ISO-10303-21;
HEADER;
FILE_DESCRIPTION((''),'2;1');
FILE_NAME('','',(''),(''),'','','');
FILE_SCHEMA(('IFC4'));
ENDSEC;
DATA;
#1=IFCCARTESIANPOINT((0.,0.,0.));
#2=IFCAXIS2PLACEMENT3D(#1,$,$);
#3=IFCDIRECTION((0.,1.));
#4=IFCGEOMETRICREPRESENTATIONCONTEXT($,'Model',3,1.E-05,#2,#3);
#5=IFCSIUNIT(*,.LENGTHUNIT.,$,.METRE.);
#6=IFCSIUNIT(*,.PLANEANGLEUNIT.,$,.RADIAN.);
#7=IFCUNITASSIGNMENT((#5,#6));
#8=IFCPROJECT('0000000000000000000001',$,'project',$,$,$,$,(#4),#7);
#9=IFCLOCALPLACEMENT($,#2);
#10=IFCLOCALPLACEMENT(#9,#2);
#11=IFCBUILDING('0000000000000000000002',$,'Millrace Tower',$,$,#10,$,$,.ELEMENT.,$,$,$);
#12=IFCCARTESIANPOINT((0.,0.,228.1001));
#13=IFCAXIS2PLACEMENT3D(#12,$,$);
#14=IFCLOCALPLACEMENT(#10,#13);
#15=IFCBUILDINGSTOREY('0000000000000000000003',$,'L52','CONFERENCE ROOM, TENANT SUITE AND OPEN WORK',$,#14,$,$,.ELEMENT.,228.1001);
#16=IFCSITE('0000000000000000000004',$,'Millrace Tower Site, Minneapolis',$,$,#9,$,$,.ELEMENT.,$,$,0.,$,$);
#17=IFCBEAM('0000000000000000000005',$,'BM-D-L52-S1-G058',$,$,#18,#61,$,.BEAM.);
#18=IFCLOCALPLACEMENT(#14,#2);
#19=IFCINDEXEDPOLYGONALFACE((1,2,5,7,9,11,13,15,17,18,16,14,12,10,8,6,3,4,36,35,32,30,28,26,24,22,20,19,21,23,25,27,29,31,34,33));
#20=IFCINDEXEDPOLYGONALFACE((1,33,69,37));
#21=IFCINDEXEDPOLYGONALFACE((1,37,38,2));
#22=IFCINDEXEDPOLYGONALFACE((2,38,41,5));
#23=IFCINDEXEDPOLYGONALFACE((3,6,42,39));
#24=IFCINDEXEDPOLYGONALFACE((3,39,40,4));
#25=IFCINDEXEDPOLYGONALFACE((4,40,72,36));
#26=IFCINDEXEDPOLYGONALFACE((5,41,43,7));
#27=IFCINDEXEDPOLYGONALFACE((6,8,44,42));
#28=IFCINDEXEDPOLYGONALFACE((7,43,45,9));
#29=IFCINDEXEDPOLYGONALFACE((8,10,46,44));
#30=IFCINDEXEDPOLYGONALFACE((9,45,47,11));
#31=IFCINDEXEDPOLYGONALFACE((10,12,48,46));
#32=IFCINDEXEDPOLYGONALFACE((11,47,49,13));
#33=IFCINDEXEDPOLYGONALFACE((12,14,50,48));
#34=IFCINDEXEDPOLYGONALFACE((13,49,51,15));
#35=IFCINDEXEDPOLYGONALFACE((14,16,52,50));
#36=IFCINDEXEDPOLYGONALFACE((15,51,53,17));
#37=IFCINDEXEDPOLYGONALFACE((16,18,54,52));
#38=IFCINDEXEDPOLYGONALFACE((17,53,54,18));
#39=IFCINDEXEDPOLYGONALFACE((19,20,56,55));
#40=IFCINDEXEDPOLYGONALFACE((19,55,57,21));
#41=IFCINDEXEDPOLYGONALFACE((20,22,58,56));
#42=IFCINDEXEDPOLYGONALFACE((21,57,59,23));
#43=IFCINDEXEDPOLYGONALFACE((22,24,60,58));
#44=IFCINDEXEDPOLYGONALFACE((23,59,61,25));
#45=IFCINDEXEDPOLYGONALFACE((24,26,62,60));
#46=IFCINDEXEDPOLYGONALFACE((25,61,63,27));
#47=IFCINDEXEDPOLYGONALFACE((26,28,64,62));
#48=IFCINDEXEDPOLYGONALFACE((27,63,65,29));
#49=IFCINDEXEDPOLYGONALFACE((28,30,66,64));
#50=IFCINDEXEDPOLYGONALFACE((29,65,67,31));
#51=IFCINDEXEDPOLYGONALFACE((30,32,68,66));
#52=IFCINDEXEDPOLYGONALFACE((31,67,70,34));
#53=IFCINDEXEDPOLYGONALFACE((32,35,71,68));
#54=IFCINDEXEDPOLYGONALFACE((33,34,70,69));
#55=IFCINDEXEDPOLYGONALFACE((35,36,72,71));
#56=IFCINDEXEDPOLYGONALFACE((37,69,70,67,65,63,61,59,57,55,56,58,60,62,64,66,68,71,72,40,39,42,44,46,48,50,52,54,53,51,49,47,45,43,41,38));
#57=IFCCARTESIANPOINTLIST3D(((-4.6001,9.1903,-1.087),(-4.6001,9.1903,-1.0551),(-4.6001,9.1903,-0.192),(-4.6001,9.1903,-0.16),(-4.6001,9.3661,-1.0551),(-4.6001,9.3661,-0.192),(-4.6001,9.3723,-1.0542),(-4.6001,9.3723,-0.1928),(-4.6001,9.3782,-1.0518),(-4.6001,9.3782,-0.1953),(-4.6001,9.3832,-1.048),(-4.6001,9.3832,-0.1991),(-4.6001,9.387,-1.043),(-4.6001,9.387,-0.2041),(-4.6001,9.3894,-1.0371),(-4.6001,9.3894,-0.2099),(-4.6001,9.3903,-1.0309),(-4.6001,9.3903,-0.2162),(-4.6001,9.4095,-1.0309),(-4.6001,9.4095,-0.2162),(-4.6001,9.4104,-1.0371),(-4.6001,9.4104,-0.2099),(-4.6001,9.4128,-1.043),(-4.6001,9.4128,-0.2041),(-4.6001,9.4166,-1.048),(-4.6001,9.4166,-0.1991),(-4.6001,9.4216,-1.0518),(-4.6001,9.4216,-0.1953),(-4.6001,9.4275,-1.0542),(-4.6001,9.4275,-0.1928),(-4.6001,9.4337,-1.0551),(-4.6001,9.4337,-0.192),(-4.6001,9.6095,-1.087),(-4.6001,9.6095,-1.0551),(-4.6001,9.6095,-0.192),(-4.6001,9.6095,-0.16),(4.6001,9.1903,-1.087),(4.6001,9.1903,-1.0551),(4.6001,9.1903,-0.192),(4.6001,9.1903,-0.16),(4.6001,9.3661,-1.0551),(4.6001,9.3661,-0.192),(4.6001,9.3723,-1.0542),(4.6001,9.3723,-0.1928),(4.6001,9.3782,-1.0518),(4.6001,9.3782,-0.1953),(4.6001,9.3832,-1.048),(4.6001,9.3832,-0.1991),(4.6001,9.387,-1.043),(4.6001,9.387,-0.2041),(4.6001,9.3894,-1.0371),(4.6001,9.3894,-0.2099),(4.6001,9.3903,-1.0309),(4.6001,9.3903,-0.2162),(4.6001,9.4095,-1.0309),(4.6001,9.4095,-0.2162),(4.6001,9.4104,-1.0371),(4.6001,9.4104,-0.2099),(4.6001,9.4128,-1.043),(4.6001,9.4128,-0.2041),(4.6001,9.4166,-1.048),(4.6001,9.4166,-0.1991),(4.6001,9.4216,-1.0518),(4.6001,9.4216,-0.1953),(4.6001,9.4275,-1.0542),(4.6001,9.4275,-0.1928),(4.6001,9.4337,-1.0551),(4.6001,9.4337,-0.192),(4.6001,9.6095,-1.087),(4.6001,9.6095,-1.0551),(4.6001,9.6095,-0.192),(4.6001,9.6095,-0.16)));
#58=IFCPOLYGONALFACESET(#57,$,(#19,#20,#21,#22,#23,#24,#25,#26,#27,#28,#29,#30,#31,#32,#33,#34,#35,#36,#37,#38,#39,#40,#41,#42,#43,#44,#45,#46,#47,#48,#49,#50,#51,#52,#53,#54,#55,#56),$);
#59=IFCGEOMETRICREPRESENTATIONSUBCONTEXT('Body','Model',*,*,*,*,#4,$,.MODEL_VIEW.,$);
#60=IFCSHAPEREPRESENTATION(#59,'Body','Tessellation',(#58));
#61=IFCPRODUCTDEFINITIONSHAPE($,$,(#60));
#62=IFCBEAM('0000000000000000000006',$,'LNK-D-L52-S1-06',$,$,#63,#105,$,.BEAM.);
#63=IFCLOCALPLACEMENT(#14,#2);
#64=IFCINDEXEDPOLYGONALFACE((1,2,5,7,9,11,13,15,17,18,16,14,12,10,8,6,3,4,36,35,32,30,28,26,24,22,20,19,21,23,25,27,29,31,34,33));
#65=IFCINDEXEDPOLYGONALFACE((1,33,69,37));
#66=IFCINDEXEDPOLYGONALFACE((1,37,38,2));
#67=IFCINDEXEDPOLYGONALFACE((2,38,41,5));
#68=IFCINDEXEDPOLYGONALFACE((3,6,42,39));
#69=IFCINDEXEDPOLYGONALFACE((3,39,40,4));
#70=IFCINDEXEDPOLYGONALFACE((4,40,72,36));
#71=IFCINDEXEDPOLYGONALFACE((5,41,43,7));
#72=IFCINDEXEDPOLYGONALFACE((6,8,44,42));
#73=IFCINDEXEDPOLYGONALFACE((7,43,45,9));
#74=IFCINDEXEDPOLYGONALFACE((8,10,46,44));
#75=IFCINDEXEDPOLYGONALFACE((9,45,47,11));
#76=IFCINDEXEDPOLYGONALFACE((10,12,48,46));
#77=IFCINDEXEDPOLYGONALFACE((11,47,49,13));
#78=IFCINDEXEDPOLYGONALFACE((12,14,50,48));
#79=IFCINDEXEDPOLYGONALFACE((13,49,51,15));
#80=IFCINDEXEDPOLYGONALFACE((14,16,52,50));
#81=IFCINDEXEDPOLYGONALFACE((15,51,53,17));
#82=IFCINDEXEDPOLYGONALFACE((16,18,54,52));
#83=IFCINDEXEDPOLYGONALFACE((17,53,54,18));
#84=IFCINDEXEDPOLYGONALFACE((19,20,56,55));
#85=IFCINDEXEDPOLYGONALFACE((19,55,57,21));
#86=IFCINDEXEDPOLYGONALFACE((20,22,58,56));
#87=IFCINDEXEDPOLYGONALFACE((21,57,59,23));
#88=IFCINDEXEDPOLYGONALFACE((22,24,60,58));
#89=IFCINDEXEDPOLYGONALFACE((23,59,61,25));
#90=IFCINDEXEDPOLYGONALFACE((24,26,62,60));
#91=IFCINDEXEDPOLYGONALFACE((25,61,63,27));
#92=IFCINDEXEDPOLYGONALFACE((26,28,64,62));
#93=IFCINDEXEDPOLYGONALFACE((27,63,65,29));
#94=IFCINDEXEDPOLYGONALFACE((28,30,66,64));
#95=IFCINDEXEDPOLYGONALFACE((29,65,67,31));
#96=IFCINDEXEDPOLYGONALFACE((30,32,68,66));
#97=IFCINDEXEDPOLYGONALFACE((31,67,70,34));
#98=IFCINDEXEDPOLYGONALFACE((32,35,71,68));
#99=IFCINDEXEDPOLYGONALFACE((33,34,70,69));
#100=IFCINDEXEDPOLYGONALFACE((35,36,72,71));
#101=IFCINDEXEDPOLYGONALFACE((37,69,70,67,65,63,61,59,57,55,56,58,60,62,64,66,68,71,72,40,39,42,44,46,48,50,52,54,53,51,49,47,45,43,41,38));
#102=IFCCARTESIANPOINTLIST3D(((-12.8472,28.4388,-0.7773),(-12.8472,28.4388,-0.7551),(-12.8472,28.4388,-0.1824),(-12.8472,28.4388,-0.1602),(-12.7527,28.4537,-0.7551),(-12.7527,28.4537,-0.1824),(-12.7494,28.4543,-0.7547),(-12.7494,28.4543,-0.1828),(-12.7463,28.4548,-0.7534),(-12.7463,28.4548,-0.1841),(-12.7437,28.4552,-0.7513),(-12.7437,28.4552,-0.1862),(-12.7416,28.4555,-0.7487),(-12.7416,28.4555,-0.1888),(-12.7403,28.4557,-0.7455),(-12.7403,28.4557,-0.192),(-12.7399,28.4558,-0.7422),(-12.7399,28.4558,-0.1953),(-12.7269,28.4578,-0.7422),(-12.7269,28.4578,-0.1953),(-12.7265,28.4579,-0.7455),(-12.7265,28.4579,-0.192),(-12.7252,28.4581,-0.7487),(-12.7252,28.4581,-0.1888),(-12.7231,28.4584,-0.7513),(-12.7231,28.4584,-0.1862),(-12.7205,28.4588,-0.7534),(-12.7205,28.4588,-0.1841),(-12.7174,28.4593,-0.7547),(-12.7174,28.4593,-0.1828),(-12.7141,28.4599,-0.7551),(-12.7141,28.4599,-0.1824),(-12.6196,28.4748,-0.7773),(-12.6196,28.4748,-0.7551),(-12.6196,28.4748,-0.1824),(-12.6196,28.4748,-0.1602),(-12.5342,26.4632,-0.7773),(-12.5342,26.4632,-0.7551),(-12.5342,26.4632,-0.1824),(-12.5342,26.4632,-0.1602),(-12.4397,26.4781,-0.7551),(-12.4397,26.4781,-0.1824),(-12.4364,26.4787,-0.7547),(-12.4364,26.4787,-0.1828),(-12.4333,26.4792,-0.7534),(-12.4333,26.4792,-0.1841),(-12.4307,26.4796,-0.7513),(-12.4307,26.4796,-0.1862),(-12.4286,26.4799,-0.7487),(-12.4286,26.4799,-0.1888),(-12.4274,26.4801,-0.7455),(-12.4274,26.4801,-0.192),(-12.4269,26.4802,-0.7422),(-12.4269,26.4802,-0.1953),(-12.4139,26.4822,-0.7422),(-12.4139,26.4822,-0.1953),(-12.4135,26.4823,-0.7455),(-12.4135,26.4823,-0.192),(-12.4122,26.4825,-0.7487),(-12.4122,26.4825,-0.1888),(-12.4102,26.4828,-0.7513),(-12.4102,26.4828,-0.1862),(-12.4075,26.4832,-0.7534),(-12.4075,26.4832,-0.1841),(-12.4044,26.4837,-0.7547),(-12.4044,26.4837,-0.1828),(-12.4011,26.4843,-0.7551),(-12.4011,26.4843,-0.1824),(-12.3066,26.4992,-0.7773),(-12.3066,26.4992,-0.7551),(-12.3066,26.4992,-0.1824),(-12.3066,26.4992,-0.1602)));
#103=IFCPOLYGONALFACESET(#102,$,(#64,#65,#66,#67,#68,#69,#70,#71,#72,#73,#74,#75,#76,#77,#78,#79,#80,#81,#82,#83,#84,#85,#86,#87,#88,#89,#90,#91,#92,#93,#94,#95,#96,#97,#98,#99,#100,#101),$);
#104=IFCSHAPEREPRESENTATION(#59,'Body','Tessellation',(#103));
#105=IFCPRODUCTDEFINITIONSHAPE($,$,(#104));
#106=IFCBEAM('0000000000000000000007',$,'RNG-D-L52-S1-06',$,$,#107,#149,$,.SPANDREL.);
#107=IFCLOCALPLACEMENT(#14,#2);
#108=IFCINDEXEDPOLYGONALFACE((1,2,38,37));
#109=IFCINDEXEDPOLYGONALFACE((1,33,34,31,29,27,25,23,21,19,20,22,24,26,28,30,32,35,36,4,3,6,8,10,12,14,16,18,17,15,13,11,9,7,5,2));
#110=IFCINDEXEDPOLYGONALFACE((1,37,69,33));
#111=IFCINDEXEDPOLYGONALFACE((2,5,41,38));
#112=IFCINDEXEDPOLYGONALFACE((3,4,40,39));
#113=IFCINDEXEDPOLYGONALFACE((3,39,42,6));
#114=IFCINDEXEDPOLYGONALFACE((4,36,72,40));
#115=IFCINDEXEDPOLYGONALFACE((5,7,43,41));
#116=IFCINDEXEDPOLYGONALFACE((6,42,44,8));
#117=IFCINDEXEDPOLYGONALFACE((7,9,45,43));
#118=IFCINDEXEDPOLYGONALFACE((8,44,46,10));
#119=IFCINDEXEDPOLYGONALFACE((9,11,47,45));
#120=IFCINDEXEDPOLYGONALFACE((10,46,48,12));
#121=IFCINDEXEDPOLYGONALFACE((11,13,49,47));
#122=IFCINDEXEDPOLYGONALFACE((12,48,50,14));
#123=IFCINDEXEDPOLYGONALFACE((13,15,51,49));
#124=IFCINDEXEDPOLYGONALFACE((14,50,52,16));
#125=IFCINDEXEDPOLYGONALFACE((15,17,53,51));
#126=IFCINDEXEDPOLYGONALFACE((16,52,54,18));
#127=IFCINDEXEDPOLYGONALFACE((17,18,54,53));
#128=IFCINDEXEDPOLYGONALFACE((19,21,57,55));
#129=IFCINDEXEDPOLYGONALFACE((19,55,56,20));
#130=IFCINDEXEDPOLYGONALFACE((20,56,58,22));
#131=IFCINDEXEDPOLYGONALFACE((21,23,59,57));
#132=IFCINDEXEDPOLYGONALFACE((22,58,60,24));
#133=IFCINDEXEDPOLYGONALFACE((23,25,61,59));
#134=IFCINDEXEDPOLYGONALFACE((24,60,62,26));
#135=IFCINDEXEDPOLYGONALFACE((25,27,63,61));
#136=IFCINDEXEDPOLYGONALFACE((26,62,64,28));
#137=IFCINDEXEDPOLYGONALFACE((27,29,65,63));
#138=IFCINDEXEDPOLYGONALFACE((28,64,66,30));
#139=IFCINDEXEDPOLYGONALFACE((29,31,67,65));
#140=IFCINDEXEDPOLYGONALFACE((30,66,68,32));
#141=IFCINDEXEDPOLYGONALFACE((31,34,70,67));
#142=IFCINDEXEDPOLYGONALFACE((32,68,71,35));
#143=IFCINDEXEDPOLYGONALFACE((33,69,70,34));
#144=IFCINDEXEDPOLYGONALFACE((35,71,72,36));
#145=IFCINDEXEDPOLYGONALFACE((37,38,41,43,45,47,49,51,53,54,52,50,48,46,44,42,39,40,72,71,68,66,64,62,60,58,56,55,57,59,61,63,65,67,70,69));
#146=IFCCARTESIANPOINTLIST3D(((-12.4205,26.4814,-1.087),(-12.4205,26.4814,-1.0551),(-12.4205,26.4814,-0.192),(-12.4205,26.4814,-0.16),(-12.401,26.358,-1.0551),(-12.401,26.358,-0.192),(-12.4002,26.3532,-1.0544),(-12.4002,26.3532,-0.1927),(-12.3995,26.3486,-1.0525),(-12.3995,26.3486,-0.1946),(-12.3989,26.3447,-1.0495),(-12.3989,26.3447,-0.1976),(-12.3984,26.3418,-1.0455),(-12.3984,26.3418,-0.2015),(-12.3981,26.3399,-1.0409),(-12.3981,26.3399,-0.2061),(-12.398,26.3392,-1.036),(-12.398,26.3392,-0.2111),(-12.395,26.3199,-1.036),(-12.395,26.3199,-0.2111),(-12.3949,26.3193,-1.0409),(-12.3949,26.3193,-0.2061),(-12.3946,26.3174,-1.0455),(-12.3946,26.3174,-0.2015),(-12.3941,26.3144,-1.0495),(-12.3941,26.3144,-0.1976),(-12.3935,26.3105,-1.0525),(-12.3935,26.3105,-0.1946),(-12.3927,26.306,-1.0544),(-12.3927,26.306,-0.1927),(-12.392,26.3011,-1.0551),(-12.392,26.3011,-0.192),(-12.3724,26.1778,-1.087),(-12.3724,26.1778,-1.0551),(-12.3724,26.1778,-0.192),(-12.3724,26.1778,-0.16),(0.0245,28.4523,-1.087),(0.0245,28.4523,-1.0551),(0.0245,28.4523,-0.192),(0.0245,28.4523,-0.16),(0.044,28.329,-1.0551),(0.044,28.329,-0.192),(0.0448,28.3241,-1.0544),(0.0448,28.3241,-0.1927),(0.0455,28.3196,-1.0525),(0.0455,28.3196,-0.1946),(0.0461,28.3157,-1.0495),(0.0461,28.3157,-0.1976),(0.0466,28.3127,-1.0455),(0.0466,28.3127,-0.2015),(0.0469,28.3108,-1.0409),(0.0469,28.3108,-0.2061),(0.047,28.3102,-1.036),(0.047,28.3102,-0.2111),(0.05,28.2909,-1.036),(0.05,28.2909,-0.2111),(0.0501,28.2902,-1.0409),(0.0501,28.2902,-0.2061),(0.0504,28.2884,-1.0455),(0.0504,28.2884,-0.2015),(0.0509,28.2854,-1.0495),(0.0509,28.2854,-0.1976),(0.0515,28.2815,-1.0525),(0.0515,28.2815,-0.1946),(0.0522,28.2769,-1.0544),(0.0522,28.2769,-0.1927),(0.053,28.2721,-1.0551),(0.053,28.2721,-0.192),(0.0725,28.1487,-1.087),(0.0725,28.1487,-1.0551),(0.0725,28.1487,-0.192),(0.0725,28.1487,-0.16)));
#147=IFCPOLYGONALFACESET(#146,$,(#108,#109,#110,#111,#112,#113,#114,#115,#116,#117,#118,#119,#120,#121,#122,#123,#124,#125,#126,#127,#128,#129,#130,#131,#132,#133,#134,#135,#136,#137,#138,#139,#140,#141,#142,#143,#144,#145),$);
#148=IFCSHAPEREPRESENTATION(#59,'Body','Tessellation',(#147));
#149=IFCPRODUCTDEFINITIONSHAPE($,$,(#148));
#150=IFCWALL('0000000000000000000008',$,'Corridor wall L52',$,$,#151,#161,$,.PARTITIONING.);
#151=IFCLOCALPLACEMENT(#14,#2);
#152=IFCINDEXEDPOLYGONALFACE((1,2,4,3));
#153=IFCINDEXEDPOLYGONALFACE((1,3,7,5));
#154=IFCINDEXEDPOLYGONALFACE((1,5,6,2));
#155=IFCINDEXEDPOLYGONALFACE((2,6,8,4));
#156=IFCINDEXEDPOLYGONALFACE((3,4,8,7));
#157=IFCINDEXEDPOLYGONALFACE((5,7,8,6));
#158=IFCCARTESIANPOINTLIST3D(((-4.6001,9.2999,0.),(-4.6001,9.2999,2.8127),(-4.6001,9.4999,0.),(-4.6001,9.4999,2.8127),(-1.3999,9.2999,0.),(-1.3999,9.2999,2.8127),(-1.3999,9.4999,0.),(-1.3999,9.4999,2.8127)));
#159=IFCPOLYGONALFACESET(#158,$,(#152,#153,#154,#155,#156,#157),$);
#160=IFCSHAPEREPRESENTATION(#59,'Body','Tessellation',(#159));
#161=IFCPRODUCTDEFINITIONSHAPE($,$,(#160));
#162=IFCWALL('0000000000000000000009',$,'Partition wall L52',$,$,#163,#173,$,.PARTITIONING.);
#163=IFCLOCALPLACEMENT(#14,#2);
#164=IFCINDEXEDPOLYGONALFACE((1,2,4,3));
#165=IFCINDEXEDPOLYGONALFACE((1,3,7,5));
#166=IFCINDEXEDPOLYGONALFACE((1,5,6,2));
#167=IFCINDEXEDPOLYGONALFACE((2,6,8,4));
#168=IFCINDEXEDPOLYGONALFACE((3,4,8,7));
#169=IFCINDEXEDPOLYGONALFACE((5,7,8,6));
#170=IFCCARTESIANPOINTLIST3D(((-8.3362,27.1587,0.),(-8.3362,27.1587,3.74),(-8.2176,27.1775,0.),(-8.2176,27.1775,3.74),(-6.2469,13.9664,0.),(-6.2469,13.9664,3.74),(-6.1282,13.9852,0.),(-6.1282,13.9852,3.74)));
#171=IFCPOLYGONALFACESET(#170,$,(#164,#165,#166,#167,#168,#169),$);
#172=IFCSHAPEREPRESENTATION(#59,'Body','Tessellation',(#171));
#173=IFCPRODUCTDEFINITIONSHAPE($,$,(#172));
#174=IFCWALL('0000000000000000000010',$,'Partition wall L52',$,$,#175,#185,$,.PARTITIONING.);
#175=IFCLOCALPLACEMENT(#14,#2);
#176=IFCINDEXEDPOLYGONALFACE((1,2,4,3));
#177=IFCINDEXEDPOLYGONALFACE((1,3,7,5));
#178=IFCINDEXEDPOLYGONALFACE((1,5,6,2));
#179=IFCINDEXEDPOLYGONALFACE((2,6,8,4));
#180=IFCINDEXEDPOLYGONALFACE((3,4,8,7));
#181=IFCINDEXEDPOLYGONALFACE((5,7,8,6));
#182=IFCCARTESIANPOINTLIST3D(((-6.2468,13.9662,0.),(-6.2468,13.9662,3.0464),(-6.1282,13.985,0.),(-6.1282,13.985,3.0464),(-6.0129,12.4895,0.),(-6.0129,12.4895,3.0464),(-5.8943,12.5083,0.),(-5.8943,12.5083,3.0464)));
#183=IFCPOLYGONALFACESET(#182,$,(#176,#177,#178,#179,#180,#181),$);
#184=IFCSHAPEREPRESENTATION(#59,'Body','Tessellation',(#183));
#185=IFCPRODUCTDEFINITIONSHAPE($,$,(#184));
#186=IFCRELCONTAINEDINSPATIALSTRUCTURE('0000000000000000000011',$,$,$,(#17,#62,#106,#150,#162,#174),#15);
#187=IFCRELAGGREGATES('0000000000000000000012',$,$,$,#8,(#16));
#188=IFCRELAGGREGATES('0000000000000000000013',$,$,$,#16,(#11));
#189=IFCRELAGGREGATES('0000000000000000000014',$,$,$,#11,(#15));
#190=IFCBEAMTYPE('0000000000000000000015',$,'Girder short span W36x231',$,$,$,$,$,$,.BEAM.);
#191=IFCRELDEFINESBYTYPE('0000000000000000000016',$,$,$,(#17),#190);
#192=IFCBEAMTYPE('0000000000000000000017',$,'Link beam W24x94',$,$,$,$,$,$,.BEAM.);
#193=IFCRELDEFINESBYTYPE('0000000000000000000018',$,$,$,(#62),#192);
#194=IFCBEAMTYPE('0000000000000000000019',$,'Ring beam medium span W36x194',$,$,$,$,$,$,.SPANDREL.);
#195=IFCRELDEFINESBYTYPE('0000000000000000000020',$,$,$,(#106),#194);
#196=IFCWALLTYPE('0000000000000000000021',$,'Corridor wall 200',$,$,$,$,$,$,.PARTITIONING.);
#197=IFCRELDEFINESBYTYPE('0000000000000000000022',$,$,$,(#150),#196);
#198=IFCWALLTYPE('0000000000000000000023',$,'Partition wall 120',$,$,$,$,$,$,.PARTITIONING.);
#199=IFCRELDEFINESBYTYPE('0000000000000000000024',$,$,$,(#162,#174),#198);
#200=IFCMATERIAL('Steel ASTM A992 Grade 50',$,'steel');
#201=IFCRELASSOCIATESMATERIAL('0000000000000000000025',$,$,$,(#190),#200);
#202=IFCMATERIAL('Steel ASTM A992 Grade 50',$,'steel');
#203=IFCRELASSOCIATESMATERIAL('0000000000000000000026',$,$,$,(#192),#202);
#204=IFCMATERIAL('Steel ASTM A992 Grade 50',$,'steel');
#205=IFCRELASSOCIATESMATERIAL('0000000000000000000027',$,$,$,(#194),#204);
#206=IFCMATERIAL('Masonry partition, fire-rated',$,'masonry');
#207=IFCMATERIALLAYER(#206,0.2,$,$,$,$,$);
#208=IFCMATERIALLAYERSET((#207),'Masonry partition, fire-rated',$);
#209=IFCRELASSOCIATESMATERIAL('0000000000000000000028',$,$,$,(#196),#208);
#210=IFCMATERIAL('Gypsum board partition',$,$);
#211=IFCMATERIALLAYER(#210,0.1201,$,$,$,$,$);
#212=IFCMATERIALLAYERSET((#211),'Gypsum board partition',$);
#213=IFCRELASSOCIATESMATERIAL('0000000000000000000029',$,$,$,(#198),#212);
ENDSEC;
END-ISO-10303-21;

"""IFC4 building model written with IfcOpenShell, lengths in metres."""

from ifc_helpers import new_model, si_unit, direction, frame, frame_2d, origin, origin_2d, place, context, subcontext, project, spatial, rectangle, i_section, extrude, material, layer, layer_set, material_profile, profile_set, type_object, element, save


model = new_model("IFC4")

# Units and contexts
model_context = context("Model", 3, precision=1e-05, world=origin(), true_north=direction((0.0, 1.0)))
body_context = subcontext(model_context, "Body", "Model", "MODEL_VIEW")
ifc_project = project(units=[si_unit("LENGTHUNIT", "METRE"), si_unit("PLANEANGLEUNIT", "RADIAN")], contexts=[model_context])

# Site, building, storey
site_placement = place(None, origin())
site = spatial("IfcSite", under=ifc_project, at=site_placement, Name="Millrace Tower Site, Minneapolis", CompositionType="ELEMENT", RefElevation=0.0)
building_placement = place(site_placement, origin())
building = spatial("IfcBuilding", under=site, at=building_placement, Name="Millrace Tower", CompositionType="ELEMENT")
storey_placement = place(building_placement, frame((0.0, 0.0, 228.1001)))
storey = spatial("IfcBuildingStorey", under=building, at=storey_placement, Name="L52", Description="CONFERENCE ROOM, TENANT SUITE AND OPEN WORK", CompositionType="ELEMENT", Elevation=228.1001)

# Beams
ifc_material_1 = material(Name="Steel ASTM A992 Grade 50", Category="steel")
ifc_material_profile_1 = material_profile(ifc_material_1, i_section(OverallWidth=0.4192, OverallDepth=0.927, WebThickness=0.0193, FlangeThickness=0.032, FilletRadius=0.0242, at=origin_2d()))
ifc_profile_set_1 = profile_set([ifc_material_profile_1], Name="Steel ASTM A992 Grade 50")
beam_type_1 = type_object("IfcBeamType", Name="Girder short span W36x231", PredefinedType="BEAM", material=ifc_profile_set_1)
beam_1_placement = place(storey_placement, frame((-4.6001, 9.3999, -0.6235), z_axis=(1.0, 0.0, 0.0), x_axis=(0.0, 1.0, 0.0)))
element("IfcBeam", 1, at=beam_1_placement, inside=storey, type_object=beam_type_1, Name="BM-D-L52-S1-G058", PredefinedType="BEAM", context=body_context, shape_type="SweptSolid", body=[
    extrude(i_section(OverallWidth=0.4192, OverallDepth=0.927, WebThickness=0.0193, FlangeThickness=0.032, FilletRadius=0.0242, at=origin_2d()), origin(), (0.0, 0.0, 1.0), 9.2002),
])
ifc_material_2 = material(Name="Steel ASTM A992 Grade 50", Category="steel")
ifc_material_profile_2 = material_profile(ifc_material_2, i_section(OverallWidth=0.2305, OverallDepth=0.6172, WebThickness=0.0132, FlangeThickness=0.0222, FilletRadius=0.0129, at=origin_2d()))
ifc_profile_set_2 = profile_set([ifc_material_profile_2], Name="Steel ASTM A992 Grade 50")
beam_type_2 = type_object("IfcBeamType", Name="Link beam W24x94", PredefinedType="BEAM", material=ifc_profile_set_2)
beam_2_placement = place(storey_placement, frame((-12.4204, 26.4812, -0.4688), z_axis=(-0.156477, 0.987682, 0.0), x_axis=(-0.987682, -0.156477, 0.0)))
element("IfcBeam", 2, at=beam_2_placement, inside=storey, type_object=beam_type_2, Name="LNK-D-L52-S1-06", PredefinedType="BEAM", context=body_context, shape_type="SweptSolid", body=[
    extrude(i_section(OverallWidth=0.2305, OverallDepth=0.6172, WebThickness=0.0132, FlangeThickness=0.0222, FilletRadius=0.0129, at=origin_2d()), origin(), (0.0, 0.0, 1.0), 2.0002),
])
ifc_material_3 = material(Name="Steel ASTM A992 Grade 50", Category="steel")
ifc_material_profile_3 = material_profile(ifc_material_3, i_section(OverallWidth=0.3074, OverallDepth=0.927, WebThickness=0.0195, FlangeThickness=0.032, FilletRadius=0.019, at=origin_2d()))
ifc_profile_set_3 = profile_set([ifc_material_profile_3], Name="Steel ASTM A992 Grade 50")
beam_type_3 = type_object("IfcBeamType", Name="Ring beam medium span W36x194", PredefinedType="SPANDREL", material=ifc_profile_set_3)
beam_3_placement = place(storey_placement, frame((-12.3965, 26.3296, -0.6235), z_axis=(0.98769, 0.156422, 0.0), x_axis=(-0.156422, 0.98769, 0.0)))
element("IfcBeam", 3, at=beam_3_placement, inside=storey, type_object=beam_type_3, Name="RNG-D-L52-S1-06", PredefinedType="SPANDREL", context=body_context, shape_type="SweptSolid", body=[
    extrude(i_section(OverallWidth=0.3074, OverallDepth=0.927, WebThickness=0.0195, FlangeThickness=0.032, FilletRadius=0.019, at=origin_2d()), origin(), (0.0, 0.0, 1.0), 12.6001),
])

# Walls
ifc_material_4 = material(Name="Masonry partition, fire-rated", Category="masonry")
ifc_layer_1 = layer(ifc_material_4, 0.2)
ifc_layer_set_1 = layer_set([ifc_layer_1], Name="Masonry partition, fire-rated")
wall_type_1 = type_object("IfcWallType", Name="Corridor wall 200", PredefinedType="PARTITIONING", material=ifc_layer_set_1)
wall_1_placement = place(storey_placement, frame((-4.6001, 9.3999, 0.0), z_axis=(0.0, 0.0, 1.0), x_axis=(1.0, 0.0, 0.0)))
element("IfcWall", 4, at=wall_1_placement, inside=storey, type_object=wall_type_1, Name="Corridor wall L52", PredefinedType="PARTITIONING", context=body_context, shape_type="SweptSolid", body=[
    extrude(rectangle(XDim=3.2002, YDim=0.2, at=frame_2d((1.6001, 0.0))), origin(), (0.0, 0.0, 1.0), 2.8127),
])
ifc_material_5 = material(Name="Gypsum board partition")
ifc_layer_2 = layer(ifc_material_5, 0.1201)
ifc_layer_set_2 = layer_set([ifc_layer_2], Name="Gypsum board partition")
wall_type_2 = type_object("IfcWallType", Name="Partition wall 120", PredefinedType="PARTITIONING", material=ifc_layer_set_2)
wall_2_placement = place(storey_placement, frame((-8.2769, 27.168, 0.0), z_axis=(0.0, 0.0, 1.0), x_axis=(0.156426, -0.98769, 0.0)))
element("IfcWall", 5, at=wall_2_placement, inside=storey, type_object=wall_type_2, Name="Partition wall L52", PredefinedType="PARTITIONING", context=body_context, shape_type="SweptSolid", body=[
    extrude(rectangle(XDim=13.3567, YDim=0.1201, at=frame_2d((6.6782, 0.0))), origin(), (0.0, 0.0, 1.0), 3.74),
])
wall_3_placement = place(storey_placement, frame((-6.1875, 13.9756, 0.0), z_axis=(0.0, 0.0, 1.0), x_axis=(0.156424, -0.98769, 0.0)))
element("IfcWall", 6, at=wall_3_placement, inside=storey, type_object=wall_type_2, Name="Partition wall L52", PredefinedType="PARTITIONING", context=body_context, shape_type="SweptSolid", body=[
    extrude(rectangle(XDim=1.4951, YDim=0.1201, at=frame_2d((0.7476, 0.0))), origin(), (0.0, 0.0, 1.0), 3.0464),
])

save(model, "model.ifc")
